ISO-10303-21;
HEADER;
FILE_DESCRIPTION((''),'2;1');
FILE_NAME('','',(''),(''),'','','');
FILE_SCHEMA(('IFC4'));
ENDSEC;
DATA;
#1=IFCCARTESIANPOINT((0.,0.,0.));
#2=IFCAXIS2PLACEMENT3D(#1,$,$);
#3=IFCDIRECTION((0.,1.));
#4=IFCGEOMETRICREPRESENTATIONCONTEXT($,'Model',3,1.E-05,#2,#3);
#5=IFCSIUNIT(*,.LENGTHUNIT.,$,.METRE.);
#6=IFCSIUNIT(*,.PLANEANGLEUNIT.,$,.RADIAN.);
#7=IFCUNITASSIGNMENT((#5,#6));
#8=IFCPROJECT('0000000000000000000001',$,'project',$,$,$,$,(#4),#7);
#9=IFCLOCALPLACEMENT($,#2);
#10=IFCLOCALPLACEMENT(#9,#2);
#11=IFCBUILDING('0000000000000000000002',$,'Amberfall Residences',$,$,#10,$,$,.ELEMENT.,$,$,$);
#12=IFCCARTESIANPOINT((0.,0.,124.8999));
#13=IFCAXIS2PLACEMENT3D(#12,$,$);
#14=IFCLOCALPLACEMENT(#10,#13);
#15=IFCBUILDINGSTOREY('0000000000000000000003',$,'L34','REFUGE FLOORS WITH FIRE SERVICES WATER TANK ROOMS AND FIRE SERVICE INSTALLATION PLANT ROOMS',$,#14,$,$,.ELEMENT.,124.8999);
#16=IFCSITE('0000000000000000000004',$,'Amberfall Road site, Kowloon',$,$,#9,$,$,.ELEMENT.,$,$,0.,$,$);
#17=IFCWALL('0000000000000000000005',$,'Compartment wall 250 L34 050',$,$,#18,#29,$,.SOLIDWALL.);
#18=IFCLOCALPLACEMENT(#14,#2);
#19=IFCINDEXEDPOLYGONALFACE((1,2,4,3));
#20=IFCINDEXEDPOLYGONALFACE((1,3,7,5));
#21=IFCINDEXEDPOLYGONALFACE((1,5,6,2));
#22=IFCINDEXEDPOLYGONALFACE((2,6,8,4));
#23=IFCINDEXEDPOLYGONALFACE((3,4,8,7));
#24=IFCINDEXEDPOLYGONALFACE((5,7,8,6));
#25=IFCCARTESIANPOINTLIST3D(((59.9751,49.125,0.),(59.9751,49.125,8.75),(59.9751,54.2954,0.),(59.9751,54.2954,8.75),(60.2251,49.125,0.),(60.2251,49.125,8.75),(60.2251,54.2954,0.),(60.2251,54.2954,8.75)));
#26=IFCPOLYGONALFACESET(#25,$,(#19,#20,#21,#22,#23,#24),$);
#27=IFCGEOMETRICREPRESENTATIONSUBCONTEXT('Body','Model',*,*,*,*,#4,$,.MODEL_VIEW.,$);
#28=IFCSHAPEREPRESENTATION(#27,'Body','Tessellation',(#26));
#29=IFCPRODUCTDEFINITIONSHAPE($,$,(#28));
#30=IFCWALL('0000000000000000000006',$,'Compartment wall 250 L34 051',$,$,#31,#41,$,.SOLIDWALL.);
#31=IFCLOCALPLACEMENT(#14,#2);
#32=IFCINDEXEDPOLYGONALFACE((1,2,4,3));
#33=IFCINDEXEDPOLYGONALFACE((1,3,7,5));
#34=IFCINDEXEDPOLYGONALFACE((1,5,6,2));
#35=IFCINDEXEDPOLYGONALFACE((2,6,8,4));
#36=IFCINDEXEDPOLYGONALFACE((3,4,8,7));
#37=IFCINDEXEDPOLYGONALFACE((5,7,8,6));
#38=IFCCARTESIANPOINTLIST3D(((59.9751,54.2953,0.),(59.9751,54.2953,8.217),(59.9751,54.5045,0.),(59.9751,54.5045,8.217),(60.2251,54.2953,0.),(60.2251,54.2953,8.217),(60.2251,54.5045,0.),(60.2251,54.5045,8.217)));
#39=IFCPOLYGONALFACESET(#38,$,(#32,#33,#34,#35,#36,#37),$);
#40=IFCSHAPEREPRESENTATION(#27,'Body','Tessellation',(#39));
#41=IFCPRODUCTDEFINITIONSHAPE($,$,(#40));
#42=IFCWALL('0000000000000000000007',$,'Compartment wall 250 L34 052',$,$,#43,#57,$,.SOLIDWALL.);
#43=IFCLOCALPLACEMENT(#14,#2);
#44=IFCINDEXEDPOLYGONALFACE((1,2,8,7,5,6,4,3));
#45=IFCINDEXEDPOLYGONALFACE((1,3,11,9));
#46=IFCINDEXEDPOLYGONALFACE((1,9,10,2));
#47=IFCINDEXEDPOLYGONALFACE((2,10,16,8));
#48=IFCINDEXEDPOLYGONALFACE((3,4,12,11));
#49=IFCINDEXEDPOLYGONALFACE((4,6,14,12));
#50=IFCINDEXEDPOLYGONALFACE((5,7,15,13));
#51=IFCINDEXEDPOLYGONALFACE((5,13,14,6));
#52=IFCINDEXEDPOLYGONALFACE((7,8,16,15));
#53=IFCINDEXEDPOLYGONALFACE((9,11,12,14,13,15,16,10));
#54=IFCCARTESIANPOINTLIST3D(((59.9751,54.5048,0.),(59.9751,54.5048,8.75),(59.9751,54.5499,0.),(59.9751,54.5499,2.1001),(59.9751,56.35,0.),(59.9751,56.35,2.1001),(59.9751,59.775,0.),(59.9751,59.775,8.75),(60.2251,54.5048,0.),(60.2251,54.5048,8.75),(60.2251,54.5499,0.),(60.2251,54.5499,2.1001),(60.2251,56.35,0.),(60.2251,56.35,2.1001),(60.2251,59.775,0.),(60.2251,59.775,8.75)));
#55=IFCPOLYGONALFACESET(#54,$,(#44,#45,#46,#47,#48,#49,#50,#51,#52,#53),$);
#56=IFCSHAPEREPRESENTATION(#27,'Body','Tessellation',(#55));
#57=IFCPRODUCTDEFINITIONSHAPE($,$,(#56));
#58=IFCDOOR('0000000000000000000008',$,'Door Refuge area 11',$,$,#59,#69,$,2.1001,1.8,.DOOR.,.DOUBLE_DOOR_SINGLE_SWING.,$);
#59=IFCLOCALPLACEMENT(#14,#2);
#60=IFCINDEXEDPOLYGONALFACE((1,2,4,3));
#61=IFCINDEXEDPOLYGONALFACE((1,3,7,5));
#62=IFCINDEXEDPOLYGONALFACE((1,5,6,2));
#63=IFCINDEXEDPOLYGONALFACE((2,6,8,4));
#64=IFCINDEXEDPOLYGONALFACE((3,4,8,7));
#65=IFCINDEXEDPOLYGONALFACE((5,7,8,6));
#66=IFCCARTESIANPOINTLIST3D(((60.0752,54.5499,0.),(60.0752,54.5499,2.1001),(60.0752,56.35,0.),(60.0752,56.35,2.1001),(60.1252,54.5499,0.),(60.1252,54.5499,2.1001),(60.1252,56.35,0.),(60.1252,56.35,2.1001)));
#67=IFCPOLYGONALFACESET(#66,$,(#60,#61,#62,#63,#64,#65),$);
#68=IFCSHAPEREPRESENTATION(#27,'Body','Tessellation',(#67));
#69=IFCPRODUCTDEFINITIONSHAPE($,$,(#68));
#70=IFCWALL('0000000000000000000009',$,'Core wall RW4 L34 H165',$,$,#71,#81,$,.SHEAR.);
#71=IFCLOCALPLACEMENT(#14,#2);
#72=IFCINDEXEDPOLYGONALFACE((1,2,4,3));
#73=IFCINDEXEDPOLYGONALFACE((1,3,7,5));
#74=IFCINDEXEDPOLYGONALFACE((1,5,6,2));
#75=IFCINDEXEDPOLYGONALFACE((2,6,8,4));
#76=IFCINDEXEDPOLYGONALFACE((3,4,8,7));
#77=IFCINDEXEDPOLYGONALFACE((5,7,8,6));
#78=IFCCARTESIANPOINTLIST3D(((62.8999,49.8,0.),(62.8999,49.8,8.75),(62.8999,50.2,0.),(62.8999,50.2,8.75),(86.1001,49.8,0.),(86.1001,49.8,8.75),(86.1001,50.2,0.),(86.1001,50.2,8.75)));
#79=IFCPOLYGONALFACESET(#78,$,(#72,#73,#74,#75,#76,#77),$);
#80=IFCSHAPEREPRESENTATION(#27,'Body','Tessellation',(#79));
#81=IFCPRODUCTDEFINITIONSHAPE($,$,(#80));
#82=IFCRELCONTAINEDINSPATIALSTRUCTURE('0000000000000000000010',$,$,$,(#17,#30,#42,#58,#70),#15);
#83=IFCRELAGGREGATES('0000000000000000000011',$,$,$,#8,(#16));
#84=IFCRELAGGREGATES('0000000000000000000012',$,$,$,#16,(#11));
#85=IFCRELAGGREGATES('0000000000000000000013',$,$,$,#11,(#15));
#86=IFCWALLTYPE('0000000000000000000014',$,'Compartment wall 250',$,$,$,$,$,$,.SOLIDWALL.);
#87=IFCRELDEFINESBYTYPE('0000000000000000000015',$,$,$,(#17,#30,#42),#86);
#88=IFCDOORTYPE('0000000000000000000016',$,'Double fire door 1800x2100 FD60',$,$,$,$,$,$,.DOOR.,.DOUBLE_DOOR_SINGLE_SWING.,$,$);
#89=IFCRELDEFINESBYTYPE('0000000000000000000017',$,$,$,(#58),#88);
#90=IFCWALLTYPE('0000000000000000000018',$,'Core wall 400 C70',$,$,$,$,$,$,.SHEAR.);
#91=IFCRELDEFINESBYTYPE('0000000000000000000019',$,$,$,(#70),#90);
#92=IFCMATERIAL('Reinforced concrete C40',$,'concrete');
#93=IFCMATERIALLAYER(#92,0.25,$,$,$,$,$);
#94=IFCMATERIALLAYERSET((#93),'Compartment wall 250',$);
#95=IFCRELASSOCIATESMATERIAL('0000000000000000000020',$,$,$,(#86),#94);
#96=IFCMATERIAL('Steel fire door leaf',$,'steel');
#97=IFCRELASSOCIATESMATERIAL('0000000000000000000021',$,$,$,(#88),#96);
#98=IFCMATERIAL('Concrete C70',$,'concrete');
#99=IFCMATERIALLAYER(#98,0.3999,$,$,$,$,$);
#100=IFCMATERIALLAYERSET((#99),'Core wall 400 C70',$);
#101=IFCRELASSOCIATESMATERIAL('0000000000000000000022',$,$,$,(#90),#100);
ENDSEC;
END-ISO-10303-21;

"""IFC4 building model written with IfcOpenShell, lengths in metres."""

from ifc_helpers import new_model, si_unit, direction, frame, frame_2d, origin, place, context, subcontext, project, spatial, rectangle, extrude, material, layer, layer_set, type_object, element, fill, save


model = new_model("IFC4")

# Units and contexts
model_context = context("Model", 3, precision=1e-05, world=origin(), true_north=direction((0.0, 1.0)))
body_context = subcontext(model_context, "Body", "Model", "MODEL_VIEW")
ifc_project = project(units=[si_unit("LENGTHUNIT", "METRE"), si_unit("PLANEANGLEUNIT", "RADIAN")], contexts=[model_context])

# Site, building, storey
site_placement = place(None, origin())
site = spatial("IfcSite", under=ifc_project, at=site_placement, Name="Amberfall Road site, Kowloon", CompositionType="ELEMENT", RefElevation=0.0)
building_placement = place(site_placement, origin())
building = spatial("IfcBuilding", under=site, at=building_placement, Name="Amberfall Residences", CompositionType="ELEMENT")
storey_placement = place(building_placement, frame((0.0, 0.0, 124.8999)))
storey = spatial("IfcBuildingStorey", under=building, at=storey_placement, Name="L34", Description="REFUGE FLOORS WITH FIRE SERVICES WATER TANK ROOMS AND FIRE SERVICE INSTALLATION PLANT ROOMS", CompositionType="ELEMENT", Elevation=124.8999)

# Walls
ifc_material_1 = material(Name="Reinforced concrete C40", Category="concrete")
ifc_layer_1 = layer(ifc_material_1, 0.25)
ifc_layer_set_1 = layer_set([ifc_layer_1], Name="Compartment wall 250")
wall_type_1 = type_object("IfcWallType", Name="Compartment wall 250", PredefinedType="SOLIDWALL", material=ifc_layer_set_1)
wall_1_placement = place(storey_placement, frame((60.1001, 49.125, 0.0), z_axis=(0.0, 0.0, 1.0), x_axis=(0.0, 1.0, 0.0)))
element("IfcWall", 1, at=wall_1_placement, inside=storey, type_object=wall_type_1, Name="Compartment wall 250 L34 050", PredefinedType="SOLIDWALL", context=body_context, shape_type="SweptSolid", body=[
    extrude(rectangle(XDim=5.1704, YDim=0.25, at=frame_2d((2.5852, 0.0))), origin(), (0.0, 0.0, 1.0), 8.75),
])
wall_2_placement = place(storey_placement, frame((60.1001, 54.2954, 0.0), z_axis=(0.0, 0.0, 1.0), x_axis=(0.0, 1.0, 0.0)))
element("IfcWall", 2, at=wall_2_placement, inside=storey, type_object=wall_type_1, Name="Compartment wall 250 L34 051", PredefinedType="SOLIDWALL", context=body_context, shape_type="SweptSolid", body=[
    extrude(rectangle(XDim=0.2092, YDim=0.25, at=frame_2d((0.1045, 0.0))), origin(), (0.0, 0.0, 1.0), 8.217),
])

# Wall, opening, door
wall_3_placement = place(storey_placement, frame((60.1001, 54.5046, 0.0), z_axis=(0.0, 0.0, 1.0), x_axis=(0.0, 1.0, 0.0)))
wall_3 = element("IfcWall", 3, at=wall_3_placement, inside=storey, type_object=wall_type_1, Name="Compartment wall 250 L34 052", PredefinedType="SOLIDWALL", context=body_context, shape_type="SweptSolid", body=[
    extrude(rectangle(XDim=5.2703, YDim=0.25, at=frame_2d((2.6353, 0.0))), origin(), (0.0, 0.0, 1.0), 8.75),
])
opening_1_placement = place(wall_3_placement, frame((0.0454, 0.0, 0.0)))
opening_1 = element("IfcOpeningElement", 4, at=opening_1_placement, cuts=wall_3, PredefinedType="OPENING", context=body_context, shape_type="SweptSolid", body=[
    extrude(rectangle(XDim=1.8, YDim=2.1001, at=frame_2d((0.8999, 1.05))), frame((0.0, 0.135, 0.0), z_axis=(0.0, -1.0, 0.0), x_axis=(1.0, 0.0, 0.0)), (0.0, 0.0, 1.0), 0.27),
])
ifc_material_2 = material(Name="Steel fire door leaf", Category="steel")
door_type_1 = type_object("IfcDoorType", Name="Double fire door 1800x2100 FD60", OperationType="DOUBLE_DOOR_SINGLE_SWING", PredefinedType="DOOR", material=ifc_material_2)
door_1_placement = place(opening_1_placement, origin())
door_1 = element("IfcDoor", 5, at=door_1_placement, inside=storey, type_object=door_type_1, Name="Door Refuge area 11", OperationType="DOUBLE_DOOR_SINGLE_SWING", OverallHeight=2.1001, OverallWidth=1.8, PredefinedType="DOOR", context=body_context, shape_type="SweptSolid", body=[
    extrude(rectangle(XDim=1.8, YDim=2.1001, at=frame_2d((0.8999, 1.05))), frame((0.0, 0.0249, 0.0), z_axis=(0.0, -1.0, 0.0), x_axis=(1.0, 0.0, 0.0)), (0.0, 0.0, 1.0), 0.05),
])
fill(opening_1, door_1)

# Wall
ifc_material_3 = material(Name="Concrete C70", Category="concrete")
ifc_layer_2 = layer(ifc_material_3, 0.3999)
ifc_layer_set_2 = layer_set([ifc_layer_2], Name="Core wall 400 C70")
wall_type_2 = type_object("IfcWallType", Name="Core wall 400 C70", PredefinedType="SHEAR", material=ifc_layer_set_2)
wall_4_placement = place(storey_placement, frame((62.8999, 50.0, 0.0), z_axis=(0.0, 0.0, 1.0), x_axis=(1.0, 0.0, 0.0)))
element("IfcWall", 6, at=wall_4_placement, inside=storey, type_object=wall_type_2, Name="Core wall RW4 L34 H165", PredefinedType="SHEAR", context=body_context, shape_type="SweptSolid", body=[
    extrude(rectangle(XDim=23.2002, YDim=0.3999, at=frame_2d((11.6001, 0.0))), origin(), (0.0, 0.0, 1.0), 8.75),
])

save(model, "model.ifc")
